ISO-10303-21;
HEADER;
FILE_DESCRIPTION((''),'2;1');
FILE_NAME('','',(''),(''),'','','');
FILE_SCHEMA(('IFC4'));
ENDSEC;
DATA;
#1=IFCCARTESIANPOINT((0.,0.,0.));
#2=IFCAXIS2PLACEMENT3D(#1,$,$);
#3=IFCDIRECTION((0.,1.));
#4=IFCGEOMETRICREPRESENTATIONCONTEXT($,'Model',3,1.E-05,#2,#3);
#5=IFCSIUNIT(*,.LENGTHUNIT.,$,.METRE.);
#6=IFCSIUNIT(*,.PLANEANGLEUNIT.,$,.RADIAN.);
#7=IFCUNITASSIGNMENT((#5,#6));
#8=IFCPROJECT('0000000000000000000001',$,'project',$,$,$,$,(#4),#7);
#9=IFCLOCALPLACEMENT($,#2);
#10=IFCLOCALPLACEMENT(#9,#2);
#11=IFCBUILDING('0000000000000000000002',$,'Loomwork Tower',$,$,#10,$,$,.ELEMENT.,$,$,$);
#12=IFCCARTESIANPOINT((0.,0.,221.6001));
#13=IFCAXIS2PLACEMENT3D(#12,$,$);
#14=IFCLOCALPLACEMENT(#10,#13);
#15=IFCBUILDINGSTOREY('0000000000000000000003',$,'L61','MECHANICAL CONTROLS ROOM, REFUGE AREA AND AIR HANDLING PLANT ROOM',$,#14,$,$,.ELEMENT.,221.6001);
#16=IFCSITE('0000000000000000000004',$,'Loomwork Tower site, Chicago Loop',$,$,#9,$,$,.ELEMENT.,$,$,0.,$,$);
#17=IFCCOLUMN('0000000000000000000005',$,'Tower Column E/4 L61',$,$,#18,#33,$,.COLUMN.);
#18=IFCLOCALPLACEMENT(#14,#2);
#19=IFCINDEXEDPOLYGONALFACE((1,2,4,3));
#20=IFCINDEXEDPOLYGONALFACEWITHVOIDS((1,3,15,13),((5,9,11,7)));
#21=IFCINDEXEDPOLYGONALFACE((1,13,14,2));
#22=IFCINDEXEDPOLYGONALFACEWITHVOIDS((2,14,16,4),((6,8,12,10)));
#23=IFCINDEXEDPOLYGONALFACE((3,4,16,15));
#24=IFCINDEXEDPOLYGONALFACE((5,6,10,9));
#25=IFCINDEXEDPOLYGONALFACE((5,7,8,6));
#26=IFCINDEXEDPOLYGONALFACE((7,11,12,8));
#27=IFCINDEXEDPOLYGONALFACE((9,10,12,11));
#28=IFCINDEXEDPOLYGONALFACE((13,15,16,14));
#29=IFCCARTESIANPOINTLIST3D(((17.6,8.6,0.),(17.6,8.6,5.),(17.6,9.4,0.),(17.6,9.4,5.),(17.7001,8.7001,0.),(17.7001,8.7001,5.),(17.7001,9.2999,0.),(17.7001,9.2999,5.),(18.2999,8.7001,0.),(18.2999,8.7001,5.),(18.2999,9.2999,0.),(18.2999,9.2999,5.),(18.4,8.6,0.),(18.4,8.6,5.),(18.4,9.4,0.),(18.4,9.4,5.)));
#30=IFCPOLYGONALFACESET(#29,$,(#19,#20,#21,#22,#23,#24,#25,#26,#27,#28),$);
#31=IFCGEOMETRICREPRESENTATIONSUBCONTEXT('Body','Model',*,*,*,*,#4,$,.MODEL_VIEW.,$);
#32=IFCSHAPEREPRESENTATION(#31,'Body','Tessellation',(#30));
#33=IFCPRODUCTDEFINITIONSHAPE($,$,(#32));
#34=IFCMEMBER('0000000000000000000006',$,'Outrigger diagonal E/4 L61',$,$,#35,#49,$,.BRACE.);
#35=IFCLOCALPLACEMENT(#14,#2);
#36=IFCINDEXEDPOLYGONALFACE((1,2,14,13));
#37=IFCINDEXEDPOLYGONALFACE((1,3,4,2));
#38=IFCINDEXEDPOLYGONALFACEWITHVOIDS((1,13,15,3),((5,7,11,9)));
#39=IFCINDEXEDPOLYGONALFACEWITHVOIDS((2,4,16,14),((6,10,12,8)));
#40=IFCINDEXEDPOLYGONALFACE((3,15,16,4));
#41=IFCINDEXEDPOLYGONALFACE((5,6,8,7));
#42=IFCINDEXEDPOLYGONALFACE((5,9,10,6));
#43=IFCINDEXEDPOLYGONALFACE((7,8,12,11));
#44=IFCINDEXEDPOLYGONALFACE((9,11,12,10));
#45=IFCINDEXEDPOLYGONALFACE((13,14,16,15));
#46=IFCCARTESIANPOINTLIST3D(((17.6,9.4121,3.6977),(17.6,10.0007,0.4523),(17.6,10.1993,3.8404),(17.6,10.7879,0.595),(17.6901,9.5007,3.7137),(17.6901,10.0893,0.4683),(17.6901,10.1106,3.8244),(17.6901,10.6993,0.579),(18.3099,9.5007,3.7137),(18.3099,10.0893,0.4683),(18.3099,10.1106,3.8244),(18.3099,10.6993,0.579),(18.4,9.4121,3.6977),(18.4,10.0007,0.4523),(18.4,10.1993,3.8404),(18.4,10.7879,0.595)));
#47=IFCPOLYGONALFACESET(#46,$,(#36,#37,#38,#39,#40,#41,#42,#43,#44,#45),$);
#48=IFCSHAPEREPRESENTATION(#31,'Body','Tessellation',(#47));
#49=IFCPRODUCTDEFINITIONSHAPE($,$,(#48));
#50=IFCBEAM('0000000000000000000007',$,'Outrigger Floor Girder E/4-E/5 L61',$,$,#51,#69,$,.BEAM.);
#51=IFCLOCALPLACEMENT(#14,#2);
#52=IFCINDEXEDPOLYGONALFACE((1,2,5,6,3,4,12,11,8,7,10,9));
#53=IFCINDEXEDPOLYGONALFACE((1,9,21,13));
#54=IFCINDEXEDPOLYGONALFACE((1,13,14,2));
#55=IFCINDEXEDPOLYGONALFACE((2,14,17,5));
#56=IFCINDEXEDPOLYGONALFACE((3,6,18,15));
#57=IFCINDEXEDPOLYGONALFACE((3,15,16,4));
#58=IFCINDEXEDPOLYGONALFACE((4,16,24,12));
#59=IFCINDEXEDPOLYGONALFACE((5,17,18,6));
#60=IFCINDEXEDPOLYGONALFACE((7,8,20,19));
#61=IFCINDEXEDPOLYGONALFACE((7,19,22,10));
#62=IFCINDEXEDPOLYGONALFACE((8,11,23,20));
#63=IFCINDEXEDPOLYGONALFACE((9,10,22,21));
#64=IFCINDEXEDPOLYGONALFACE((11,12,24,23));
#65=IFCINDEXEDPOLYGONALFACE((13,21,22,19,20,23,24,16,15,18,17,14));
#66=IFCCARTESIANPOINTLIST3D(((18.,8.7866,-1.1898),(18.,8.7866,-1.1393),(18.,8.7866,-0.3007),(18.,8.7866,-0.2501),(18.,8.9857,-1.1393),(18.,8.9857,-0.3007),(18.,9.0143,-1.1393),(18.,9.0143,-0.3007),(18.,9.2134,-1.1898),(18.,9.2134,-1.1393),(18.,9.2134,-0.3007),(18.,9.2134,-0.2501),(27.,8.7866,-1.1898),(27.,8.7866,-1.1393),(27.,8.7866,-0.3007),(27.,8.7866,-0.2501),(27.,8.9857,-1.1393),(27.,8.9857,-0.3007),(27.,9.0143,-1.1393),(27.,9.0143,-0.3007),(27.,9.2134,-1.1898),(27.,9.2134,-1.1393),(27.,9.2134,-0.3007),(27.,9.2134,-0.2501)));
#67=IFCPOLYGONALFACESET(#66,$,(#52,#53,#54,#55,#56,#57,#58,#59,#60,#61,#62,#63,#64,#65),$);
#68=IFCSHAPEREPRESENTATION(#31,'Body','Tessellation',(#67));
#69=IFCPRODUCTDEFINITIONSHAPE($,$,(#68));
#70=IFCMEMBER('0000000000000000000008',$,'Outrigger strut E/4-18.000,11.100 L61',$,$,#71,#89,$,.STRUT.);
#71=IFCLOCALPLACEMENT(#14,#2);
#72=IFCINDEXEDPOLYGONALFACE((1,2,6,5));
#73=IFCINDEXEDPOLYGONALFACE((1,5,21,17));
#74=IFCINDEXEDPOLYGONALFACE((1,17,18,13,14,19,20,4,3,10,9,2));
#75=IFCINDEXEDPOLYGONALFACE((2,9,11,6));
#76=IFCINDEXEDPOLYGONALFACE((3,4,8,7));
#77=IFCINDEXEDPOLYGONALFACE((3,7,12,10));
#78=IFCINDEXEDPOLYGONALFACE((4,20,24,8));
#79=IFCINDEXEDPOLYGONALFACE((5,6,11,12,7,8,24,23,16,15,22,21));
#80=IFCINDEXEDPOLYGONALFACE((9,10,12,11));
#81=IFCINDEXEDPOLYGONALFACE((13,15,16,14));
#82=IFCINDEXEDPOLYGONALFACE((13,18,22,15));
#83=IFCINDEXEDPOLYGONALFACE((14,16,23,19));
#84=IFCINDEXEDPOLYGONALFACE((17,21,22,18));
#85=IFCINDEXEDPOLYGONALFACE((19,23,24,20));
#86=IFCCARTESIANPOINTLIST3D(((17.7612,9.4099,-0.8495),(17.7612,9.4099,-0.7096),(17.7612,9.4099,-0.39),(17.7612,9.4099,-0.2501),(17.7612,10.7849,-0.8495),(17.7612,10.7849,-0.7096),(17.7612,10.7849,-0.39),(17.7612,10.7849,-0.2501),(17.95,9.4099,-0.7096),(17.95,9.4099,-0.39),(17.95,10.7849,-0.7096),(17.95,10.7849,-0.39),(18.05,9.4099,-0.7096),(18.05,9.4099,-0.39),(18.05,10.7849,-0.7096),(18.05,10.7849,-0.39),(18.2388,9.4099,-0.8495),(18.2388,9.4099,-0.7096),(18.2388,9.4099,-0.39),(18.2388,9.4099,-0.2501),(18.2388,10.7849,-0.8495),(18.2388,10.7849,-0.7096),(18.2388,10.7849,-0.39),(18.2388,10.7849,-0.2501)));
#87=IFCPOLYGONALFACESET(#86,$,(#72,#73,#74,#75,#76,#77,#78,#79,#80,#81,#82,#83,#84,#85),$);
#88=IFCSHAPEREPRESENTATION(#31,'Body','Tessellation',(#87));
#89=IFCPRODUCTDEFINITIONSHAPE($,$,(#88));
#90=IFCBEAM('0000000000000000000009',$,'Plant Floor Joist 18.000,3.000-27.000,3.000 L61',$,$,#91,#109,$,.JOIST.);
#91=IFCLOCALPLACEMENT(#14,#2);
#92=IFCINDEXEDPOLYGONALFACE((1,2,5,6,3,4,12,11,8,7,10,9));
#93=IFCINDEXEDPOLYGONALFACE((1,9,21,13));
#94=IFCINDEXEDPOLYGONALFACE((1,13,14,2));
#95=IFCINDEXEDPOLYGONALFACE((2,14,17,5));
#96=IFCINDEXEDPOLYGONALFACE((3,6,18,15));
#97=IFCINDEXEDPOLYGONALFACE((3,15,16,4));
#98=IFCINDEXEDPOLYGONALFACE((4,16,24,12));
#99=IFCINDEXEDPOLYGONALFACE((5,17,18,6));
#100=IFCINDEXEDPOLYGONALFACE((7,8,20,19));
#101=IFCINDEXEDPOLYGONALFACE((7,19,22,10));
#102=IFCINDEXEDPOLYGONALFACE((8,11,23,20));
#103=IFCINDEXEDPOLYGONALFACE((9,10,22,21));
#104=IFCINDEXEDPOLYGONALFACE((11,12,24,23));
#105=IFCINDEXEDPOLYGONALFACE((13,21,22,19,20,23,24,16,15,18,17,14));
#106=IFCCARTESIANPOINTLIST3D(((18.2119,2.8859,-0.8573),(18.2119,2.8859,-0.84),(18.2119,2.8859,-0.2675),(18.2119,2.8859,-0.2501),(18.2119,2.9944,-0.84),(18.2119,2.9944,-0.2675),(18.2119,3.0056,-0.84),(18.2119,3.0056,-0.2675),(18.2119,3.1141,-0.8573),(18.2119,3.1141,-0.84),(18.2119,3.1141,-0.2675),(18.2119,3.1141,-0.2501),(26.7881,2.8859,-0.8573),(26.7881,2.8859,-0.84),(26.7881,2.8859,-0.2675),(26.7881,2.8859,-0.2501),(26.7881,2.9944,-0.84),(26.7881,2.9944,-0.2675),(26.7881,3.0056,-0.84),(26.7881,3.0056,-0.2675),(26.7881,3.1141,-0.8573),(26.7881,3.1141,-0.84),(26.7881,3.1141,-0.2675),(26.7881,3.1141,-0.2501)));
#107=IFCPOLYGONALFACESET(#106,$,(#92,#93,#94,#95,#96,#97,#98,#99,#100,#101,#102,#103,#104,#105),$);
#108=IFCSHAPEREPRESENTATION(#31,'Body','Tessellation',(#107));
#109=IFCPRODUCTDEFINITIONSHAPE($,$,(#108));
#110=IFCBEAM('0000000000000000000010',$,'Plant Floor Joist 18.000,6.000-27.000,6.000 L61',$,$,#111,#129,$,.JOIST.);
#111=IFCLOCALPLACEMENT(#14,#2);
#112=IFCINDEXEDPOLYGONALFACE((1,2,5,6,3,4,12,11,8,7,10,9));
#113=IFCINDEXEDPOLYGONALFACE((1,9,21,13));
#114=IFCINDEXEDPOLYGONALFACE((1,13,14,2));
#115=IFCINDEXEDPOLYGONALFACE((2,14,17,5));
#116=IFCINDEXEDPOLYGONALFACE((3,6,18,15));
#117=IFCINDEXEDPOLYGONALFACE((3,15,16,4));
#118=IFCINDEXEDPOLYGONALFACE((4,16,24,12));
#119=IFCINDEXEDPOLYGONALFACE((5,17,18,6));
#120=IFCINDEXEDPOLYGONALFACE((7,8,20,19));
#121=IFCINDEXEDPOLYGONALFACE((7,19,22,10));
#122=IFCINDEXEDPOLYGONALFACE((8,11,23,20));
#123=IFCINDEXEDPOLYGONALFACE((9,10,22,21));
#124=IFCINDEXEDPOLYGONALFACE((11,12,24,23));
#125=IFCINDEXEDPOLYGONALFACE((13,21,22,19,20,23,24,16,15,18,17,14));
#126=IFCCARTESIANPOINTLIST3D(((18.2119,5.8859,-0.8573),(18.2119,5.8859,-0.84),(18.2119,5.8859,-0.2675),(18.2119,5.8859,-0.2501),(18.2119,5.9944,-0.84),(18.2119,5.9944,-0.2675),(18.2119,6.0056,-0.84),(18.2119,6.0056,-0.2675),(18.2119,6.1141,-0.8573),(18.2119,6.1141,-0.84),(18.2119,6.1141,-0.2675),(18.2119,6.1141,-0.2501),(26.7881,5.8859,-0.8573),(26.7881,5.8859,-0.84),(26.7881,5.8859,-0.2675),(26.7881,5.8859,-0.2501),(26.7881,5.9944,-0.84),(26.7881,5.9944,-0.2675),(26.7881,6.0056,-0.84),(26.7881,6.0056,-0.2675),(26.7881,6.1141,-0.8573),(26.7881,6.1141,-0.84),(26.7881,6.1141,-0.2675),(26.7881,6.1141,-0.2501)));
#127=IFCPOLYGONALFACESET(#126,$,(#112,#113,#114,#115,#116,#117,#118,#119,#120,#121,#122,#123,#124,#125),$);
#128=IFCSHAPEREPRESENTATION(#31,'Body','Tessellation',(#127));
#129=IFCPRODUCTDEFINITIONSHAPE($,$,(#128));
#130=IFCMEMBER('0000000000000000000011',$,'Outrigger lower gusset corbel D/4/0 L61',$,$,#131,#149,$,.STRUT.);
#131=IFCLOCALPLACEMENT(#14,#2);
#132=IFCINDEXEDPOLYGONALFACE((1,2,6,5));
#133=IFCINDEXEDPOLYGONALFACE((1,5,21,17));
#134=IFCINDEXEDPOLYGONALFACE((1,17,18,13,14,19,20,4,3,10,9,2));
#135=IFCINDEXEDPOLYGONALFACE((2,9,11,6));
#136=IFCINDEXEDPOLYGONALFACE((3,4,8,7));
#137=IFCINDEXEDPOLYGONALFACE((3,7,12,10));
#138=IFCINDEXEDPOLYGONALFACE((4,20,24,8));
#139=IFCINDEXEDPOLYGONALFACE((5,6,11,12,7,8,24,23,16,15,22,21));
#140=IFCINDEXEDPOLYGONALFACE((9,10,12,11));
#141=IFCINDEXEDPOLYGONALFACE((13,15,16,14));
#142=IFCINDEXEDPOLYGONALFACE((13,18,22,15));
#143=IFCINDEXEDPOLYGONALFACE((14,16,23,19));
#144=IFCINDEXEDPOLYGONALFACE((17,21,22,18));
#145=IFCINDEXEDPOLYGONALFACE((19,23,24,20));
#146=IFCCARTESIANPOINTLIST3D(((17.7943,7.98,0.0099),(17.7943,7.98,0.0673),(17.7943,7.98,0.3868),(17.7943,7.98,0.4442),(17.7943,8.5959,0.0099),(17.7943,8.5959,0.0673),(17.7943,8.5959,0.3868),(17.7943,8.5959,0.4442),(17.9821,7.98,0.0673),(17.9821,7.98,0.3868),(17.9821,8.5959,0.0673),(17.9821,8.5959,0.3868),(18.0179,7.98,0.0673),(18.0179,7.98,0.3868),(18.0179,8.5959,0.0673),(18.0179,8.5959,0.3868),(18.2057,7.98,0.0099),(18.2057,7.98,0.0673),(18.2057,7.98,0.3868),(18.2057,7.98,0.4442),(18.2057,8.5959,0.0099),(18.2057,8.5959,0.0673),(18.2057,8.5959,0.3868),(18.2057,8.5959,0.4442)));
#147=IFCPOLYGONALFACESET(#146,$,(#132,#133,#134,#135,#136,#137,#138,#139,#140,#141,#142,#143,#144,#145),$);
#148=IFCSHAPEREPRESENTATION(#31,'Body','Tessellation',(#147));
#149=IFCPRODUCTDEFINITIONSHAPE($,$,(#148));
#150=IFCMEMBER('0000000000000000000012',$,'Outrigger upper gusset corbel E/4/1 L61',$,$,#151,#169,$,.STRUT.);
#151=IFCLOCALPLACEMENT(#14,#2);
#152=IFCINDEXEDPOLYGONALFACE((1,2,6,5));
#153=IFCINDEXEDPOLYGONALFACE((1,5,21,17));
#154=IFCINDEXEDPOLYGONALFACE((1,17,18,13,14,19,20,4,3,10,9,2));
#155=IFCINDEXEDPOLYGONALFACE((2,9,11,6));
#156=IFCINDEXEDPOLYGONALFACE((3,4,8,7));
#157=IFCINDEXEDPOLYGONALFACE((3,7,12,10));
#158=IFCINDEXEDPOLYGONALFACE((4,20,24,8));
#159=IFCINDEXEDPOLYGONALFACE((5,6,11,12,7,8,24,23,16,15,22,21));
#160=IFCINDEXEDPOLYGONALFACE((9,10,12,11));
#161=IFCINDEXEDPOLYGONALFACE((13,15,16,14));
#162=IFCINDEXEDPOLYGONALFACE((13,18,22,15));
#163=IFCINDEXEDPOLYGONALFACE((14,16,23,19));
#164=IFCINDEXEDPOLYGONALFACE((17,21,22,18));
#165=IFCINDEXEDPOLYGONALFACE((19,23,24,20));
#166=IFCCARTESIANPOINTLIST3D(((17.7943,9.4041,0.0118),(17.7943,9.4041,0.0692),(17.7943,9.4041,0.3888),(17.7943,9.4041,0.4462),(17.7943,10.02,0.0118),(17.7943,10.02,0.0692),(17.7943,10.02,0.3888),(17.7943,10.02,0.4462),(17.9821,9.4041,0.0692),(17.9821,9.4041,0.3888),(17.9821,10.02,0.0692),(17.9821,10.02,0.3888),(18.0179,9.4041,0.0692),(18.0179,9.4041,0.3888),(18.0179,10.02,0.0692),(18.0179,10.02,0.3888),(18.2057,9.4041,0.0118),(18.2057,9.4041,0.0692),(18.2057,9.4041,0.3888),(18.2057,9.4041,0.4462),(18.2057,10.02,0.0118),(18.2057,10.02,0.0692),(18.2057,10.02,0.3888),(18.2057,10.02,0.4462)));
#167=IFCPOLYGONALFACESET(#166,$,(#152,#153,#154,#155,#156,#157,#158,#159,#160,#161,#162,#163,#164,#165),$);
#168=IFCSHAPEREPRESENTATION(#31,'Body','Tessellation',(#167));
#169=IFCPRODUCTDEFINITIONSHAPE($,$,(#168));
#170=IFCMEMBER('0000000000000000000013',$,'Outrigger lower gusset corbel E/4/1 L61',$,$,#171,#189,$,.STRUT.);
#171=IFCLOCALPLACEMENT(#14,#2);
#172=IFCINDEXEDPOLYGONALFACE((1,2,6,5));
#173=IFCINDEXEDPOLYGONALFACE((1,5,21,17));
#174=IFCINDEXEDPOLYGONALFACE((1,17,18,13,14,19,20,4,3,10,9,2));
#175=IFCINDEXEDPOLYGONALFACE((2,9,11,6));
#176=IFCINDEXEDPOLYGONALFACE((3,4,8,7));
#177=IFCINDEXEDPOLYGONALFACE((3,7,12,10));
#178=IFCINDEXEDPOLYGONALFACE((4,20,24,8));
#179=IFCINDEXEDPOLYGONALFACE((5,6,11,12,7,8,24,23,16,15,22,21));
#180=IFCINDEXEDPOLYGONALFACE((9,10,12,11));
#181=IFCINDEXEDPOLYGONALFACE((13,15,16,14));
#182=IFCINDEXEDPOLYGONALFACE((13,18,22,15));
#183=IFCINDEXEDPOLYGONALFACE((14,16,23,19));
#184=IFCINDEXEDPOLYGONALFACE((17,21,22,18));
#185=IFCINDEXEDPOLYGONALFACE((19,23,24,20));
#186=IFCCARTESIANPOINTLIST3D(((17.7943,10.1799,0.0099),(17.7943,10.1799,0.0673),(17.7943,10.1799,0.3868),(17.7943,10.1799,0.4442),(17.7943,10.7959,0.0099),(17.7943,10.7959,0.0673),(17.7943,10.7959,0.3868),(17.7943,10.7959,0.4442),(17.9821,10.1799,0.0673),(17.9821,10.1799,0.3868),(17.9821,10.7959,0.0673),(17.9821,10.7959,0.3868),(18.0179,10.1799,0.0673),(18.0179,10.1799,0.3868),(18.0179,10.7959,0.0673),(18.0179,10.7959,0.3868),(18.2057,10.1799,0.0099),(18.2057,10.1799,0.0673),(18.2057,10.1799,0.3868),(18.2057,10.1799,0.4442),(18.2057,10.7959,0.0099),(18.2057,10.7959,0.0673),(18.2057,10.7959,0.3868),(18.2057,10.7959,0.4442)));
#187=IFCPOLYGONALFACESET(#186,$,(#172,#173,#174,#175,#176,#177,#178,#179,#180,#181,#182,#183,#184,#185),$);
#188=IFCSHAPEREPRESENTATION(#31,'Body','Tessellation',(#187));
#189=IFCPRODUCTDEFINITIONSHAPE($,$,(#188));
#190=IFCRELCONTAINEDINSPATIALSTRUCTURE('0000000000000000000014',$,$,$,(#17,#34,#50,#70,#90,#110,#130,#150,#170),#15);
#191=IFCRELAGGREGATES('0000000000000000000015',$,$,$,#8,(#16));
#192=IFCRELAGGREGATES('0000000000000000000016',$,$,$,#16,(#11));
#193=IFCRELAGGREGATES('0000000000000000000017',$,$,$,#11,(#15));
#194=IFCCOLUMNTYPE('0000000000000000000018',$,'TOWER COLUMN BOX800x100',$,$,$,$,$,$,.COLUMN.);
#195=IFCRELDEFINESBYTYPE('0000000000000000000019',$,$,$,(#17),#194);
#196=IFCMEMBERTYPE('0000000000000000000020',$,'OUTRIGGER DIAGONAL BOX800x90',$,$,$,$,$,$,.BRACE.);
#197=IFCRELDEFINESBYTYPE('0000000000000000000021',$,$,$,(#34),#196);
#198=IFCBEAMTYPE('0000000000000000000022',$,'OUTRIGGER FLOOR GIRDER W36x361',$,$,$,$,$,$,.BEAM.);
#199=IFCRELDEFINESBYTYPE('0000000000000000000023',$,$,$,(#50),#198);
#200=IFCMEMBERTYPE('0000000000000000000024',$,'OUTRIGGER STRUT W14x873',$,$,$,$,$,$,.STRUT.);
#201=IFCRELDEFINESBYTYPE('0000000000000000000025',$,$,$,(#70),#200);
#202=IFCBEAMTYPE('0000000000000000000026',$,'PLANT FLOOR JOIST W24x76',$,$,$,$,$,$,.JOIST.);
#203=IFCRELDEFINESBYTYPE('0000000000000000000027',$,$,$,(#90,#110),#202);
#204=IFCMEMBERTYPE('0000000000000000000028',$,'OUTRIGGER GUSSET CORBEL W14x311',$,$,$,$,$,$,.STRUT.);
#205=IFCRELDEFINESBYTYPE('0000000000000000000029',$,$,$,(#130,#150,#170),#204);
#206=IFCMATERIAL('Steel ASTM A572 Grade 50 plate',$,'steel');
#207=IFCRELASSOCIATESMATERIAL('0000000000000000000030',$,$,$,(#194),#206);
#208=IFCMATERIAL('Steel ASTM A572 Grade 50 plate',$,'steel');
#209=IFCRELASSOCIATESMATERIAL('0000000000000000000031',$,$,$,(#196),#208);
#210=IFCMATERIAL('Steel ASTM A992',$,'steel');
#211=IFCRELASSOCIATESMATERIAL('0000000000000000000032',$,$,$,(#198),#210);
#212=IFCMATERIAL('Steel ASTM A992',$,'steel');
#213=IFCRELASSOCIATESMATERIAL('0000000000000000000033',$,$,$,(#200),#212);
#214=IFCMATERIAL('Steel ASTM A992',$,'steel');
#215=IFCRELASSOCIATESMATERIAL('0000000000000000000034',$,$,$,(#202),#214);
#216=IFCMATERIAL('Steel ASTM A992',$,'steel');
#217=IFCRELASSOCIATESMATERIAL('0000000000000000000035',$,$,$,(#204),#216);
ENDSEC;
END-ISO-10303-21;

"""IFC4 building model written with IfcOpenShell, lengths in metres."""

from ifc_helpers import new_model, si_unit, direction, frame, origin, origin_2d, place, context, subcontext, project, spatial, hollow_rectangle, i_section, extrude, material, material_profile, profile_set, type_object, element, save


model = new_model("IFC4")

# Units and contexts
model_context = context("Model", 3, precision=1e-05, world=origin(), true_north=direction((0.0, 1.0)))
body_context = subcontext(model_context, "Body", "Model", "MODEL_VIEW")
ifc_project = project(units=[si_unit("LENGTHUNIT", "METRE"), si_unit("PLANEANGLEUNIT", "RADIAN")], contexts=[model_context])

# Site, building, storey
site_placement = place(None, origin())
site = spatial("IfcSite", under=ifc_project, at=site_placement, Name="Loomwork Tower site, Chicago Loop", CompositionType="ELEMENT", RefElevation=0.0)
building_placement = place(site_placement, origin())
building = spatial("IfcBuilding", under=site, at=building_placement, Name="Loomwork Tower", CompositionType="ELEMENT")
storey_placement = place(building_placement, frame((0.0, 0.0, 221.6001)))
storey = spatial("IfcBuildingStorey", under=building, at=storey_placement, Name="L61", Description="MECHANICAL CONTROLS ROOM, REFUGE AREA AND AIR HANDLING PLANT ROOM", CompositionType="ELEMENT", Elevation=221.6001)

# Column
ifc_material_1 = material(Name="Steel ASTM A572 Grade 50 plate", Category="steel")
ifc_material_profile_1 = material_profile(ifc_material_1, hollow_rectangle(XDim=0.8, YDim=0.8, WallThickness=0.1001, at=origin_2d()), Name="BOX800x100")
ifc_profile_set_1 = profile_set([ifc_material_profile_1], Name="Steel ASTM A572 Grade 50 plate")
column_type = type_object("IfcColumnType", Name="TOWER COLUMN BOX800x100", PredefinedType="COLUMN", material=ifc_profile_set_1)
column_placement = place(storey_placement, frame((18.0, 9.0, 0.0), z_axis=(0.0, 0.0, 1.0), x_axis=(1.0, 0.0, 0.0)))
element("IfcColumn", 1, at=column_placement, inside=storey, type_object=column_type, Name="Tower Column E/4 L61", PredefinedType="COLUMN", context=body_context, shape_type="SweptSolid", body=[
    extrude(hollow_rectangle(XDim=0.8, YDim=0.8, WallThickness=0.1001, at=origin_2d()), origin(), (0.0, 0.0, 1.0), 5.0),
])

# Member
ifc_material_2 = material(Name="Steel ASTM A572 Grade 50 plate", Category="steel")
ifc_material_profile_2 = material_profile(ifc_material_2, hollow_rectangle(XDim=0.8, YDim=0.8, WallThickness=0.0901, at=origin_2d()), Name="BOX800x90")
ifc_profile_set_2 = profile_set([ifc_material_profile_2], Name="Steel ASTM A572 Grade 50 plate")
member_type_1 = type_object("IfcMemberType", Name="OUTRIGGER DIAGONAL BOX800x90", PredefinedType="BRACE", material=ifc_profile_set_2)
member_1_placement = place(storey_placement, frame((18.0, 9.8057, 3.769), z_axis=(0.0, 0.178462, -0.983947), x_axis=(-1.0, 0.0, 0.0)))
element("IfcMember", 2, at=member_1_placement, inside=storey, type_object=member_type_1, Name="Outrigger diagonal E/4 L61", PredefinedType="BRACE", context=body_context, shape_type="SweptSolid", body=[
    extrude(hollow_rectangle(XDim=0.8, YDim=0.8, WallThickness=0.0901, at=origin_2d()), origin(), (0.0, 0.0, 1.0), 3.2983),
])

# Beam
ifc_material_3 = material(Name="Steel ASTM A992", Category="steel")
ifc_material_profile_3 = material_profile(ifc_material_3, i_section(OverallWidth=0.4268, OverallDepth=0.9397, WebThickness=0.0286, FlangeThickness=0.0505, at=origin_2d()), Name="W36x361")
ifc_profile_set_3 = profile_set([ifc_material_profile_3], Name="Steel ASTM A992")
beam_type_1 = type_object("IfcBeamType", Name="OUTRIGGER FLOOR GIRDER W36x361", PredefinedType="BEAM", material=ifc_profile_set_3)
beam_placement = place(storey_placement, frame((18.0, 9.0, -0.72), z_axis=(1.0, 0.0, 0.0), x_axis=(0.0, 1.0, 0.0)))
element("IfcBeam", 3, at=beam_placement, inside=storey, type_object=beam_type_1, Name="Outrigger Floor Girder E/4-E/5 L61", PredefinedType="BEAM", context=body_context, shape_type="SweptSolid", body=[
    extrude(i_section(OverallWidth=0.4268, OverallDepth=0.9397, WebThickness=0.0286, FlangeThickness=0.0505, at=origin_2d()), origin(), (0.0, 0.0, 1.0), 9.0),
])

# Member
ifc_material_4 = material(Name="Steel ASTM A992", Category="steel")
ifc_material_profile_4 = material_profile(ifc_material_4, i_section(OverallWidth=0.4775, OverallDepth=0.5994, WebThickness=0.1001, FlangeThickness=0.1399, at=origin_2d()), Name="W14x873")
ifc_profile_set_4 = profile_set([ifc_material_profile_4], Name="Steel ASTM A992")
member_type_2 = type_object("IfcMemberType", Name="OUTRIGGER STRUT W14x873", PredefinedType="STRUT", material=ifc_profile_set_4)
member_2_placement = place(storey_placement, frame((18.0, 9.4099, -0.5498), z_axis=(0.0, 1.0, 0.0), x_axis=(-1.0, 0.0, 0.0)))
element("IfcMember", 4, at=member_2_placement, inside=storey, type_object=member_type_2, Name="Outrigger strut E/4-18.000,11.100 L61", PredefinedType="STRUT", context=body_context, shape_type="SweptSolid", body=[
    extrude(i_section(OverallWidth=0.4775, OverallDepth=0.5994, WebThickness=0.1001, FlangeThickness=0.1399, at=origin_2d()), origin(), (0.0, 0.0, 1.0), 1.375),
])

# Beams
ifc_material_5 = material(Name="Steel ASTM A992", Category="steel")
ifc_material_profile_5 = material_profile(ifc_material_5, i_section(OverallWidth=0.2283, OverallDepth=0.6072, WebThickness=0.0112, FlangeThickness=0.0173, at=origin_2d()), Name="W24x76")
ifc_profile_set_5 = profile_set([ifc_material_profile_5], Name="Steel ASTM A992")
beam_type_2 = type_object("IfcBeamType", Name="PLANT FLOOR JOIST W24x76", PredefinedType="JOIST", material=ifc_profile_set_5)
for number, where, z_axis, x_axis, name in (
    (5, (18.2119, 3.0, -0.5537), (1.0, 0.0, 0.0), (0.0, 1.0, 0.0), "Plant Floor Joist 18.000,3.000-27.000,3.000 L61"),
    (6, (18.2119, 6.0, -0.5537), (1.0, 0.0, 0.0), (0.0, 1.0, 0.0), "Plant Floor Joist 18.000,6.000-27.000,6.000 L61"),
):
    element("IfcBeam", number, at=place(storey_placement, frame(where, z_axis=z_axis, x_axis=x_axis)), inside=storey, type_object=beam_type_2, Name=name, PredefinedType="JOIST", context=body_context, shape_type="SweptSolid", body=[
        extrude(i_section(OverallWidth=0.2283, OverallDepth=0.6072, WebThickness=0.0112, FlangeThickness=0.0173, at=origin_2d()), origin(), (0.0, 0.0, 1.0), 8.5762),
    ])

# Members
ifc_material_6 = material(Name="Steel ASTM A992", Category="steel")
ifc_material_profile_6 = material_profile(ifc_material_6, i_section(OverallWidth=0.4114, OverallDepth=0.4343, WebThickness=0.0359, FlangeThickness=0.0574, at=origin_2d()), Name="W14x311")
ifc_profile_set_6 = profile_set([ifc_material_profile_6], Name="Steel ASTM A992")
member_type_3 = type_object("IfcMemberType", Name="OUTRIGGER GUSSET CORBEL W14x311", PredefinedType="STRUT", material=ifc_profile_set_6)
for number, where, z_axis, x_axis, name in (
    (7, (18.0, 8.5959, 0.2271), (0.0, -1.0, 0.0), (1.0, 0.0, 0.0), "Outrigger lower gusset corbel D/4/0 L61"),
    (8, (18.0, 9.4041, 0.229), (0.0, 1.0, 0.0), (-1.0, 0.0, 0.0), "Outrigger upper gusset corbel E/4/1 L61"),
    (9, (18.0, 10.7959, 0.2271), (0.0, -1.0, 0.0), (1.0, 0.0, 0.0), "Outrigger lower gusset corbel E/4/1 L61"),
):
    element("IfcMember", number, at=place(storey_placement, frame(where, z_axis=z_axis, x_axis=x_axis)), inside=storey, type_object=member_type_3, Name=name, PredefinedType="STRUT", context=body_context, shape_type="SweptSolid", body=[
        extrude(i_section(OverallWidth=0.4114, OverallDepth=0.4343, WebThickness=0.0359, FlangeThickness=0.0574, at=origin_2d()), origin(), (0.0, 0.0, 1.0), 0.616),
    ])

save(model, "model.ifc")
